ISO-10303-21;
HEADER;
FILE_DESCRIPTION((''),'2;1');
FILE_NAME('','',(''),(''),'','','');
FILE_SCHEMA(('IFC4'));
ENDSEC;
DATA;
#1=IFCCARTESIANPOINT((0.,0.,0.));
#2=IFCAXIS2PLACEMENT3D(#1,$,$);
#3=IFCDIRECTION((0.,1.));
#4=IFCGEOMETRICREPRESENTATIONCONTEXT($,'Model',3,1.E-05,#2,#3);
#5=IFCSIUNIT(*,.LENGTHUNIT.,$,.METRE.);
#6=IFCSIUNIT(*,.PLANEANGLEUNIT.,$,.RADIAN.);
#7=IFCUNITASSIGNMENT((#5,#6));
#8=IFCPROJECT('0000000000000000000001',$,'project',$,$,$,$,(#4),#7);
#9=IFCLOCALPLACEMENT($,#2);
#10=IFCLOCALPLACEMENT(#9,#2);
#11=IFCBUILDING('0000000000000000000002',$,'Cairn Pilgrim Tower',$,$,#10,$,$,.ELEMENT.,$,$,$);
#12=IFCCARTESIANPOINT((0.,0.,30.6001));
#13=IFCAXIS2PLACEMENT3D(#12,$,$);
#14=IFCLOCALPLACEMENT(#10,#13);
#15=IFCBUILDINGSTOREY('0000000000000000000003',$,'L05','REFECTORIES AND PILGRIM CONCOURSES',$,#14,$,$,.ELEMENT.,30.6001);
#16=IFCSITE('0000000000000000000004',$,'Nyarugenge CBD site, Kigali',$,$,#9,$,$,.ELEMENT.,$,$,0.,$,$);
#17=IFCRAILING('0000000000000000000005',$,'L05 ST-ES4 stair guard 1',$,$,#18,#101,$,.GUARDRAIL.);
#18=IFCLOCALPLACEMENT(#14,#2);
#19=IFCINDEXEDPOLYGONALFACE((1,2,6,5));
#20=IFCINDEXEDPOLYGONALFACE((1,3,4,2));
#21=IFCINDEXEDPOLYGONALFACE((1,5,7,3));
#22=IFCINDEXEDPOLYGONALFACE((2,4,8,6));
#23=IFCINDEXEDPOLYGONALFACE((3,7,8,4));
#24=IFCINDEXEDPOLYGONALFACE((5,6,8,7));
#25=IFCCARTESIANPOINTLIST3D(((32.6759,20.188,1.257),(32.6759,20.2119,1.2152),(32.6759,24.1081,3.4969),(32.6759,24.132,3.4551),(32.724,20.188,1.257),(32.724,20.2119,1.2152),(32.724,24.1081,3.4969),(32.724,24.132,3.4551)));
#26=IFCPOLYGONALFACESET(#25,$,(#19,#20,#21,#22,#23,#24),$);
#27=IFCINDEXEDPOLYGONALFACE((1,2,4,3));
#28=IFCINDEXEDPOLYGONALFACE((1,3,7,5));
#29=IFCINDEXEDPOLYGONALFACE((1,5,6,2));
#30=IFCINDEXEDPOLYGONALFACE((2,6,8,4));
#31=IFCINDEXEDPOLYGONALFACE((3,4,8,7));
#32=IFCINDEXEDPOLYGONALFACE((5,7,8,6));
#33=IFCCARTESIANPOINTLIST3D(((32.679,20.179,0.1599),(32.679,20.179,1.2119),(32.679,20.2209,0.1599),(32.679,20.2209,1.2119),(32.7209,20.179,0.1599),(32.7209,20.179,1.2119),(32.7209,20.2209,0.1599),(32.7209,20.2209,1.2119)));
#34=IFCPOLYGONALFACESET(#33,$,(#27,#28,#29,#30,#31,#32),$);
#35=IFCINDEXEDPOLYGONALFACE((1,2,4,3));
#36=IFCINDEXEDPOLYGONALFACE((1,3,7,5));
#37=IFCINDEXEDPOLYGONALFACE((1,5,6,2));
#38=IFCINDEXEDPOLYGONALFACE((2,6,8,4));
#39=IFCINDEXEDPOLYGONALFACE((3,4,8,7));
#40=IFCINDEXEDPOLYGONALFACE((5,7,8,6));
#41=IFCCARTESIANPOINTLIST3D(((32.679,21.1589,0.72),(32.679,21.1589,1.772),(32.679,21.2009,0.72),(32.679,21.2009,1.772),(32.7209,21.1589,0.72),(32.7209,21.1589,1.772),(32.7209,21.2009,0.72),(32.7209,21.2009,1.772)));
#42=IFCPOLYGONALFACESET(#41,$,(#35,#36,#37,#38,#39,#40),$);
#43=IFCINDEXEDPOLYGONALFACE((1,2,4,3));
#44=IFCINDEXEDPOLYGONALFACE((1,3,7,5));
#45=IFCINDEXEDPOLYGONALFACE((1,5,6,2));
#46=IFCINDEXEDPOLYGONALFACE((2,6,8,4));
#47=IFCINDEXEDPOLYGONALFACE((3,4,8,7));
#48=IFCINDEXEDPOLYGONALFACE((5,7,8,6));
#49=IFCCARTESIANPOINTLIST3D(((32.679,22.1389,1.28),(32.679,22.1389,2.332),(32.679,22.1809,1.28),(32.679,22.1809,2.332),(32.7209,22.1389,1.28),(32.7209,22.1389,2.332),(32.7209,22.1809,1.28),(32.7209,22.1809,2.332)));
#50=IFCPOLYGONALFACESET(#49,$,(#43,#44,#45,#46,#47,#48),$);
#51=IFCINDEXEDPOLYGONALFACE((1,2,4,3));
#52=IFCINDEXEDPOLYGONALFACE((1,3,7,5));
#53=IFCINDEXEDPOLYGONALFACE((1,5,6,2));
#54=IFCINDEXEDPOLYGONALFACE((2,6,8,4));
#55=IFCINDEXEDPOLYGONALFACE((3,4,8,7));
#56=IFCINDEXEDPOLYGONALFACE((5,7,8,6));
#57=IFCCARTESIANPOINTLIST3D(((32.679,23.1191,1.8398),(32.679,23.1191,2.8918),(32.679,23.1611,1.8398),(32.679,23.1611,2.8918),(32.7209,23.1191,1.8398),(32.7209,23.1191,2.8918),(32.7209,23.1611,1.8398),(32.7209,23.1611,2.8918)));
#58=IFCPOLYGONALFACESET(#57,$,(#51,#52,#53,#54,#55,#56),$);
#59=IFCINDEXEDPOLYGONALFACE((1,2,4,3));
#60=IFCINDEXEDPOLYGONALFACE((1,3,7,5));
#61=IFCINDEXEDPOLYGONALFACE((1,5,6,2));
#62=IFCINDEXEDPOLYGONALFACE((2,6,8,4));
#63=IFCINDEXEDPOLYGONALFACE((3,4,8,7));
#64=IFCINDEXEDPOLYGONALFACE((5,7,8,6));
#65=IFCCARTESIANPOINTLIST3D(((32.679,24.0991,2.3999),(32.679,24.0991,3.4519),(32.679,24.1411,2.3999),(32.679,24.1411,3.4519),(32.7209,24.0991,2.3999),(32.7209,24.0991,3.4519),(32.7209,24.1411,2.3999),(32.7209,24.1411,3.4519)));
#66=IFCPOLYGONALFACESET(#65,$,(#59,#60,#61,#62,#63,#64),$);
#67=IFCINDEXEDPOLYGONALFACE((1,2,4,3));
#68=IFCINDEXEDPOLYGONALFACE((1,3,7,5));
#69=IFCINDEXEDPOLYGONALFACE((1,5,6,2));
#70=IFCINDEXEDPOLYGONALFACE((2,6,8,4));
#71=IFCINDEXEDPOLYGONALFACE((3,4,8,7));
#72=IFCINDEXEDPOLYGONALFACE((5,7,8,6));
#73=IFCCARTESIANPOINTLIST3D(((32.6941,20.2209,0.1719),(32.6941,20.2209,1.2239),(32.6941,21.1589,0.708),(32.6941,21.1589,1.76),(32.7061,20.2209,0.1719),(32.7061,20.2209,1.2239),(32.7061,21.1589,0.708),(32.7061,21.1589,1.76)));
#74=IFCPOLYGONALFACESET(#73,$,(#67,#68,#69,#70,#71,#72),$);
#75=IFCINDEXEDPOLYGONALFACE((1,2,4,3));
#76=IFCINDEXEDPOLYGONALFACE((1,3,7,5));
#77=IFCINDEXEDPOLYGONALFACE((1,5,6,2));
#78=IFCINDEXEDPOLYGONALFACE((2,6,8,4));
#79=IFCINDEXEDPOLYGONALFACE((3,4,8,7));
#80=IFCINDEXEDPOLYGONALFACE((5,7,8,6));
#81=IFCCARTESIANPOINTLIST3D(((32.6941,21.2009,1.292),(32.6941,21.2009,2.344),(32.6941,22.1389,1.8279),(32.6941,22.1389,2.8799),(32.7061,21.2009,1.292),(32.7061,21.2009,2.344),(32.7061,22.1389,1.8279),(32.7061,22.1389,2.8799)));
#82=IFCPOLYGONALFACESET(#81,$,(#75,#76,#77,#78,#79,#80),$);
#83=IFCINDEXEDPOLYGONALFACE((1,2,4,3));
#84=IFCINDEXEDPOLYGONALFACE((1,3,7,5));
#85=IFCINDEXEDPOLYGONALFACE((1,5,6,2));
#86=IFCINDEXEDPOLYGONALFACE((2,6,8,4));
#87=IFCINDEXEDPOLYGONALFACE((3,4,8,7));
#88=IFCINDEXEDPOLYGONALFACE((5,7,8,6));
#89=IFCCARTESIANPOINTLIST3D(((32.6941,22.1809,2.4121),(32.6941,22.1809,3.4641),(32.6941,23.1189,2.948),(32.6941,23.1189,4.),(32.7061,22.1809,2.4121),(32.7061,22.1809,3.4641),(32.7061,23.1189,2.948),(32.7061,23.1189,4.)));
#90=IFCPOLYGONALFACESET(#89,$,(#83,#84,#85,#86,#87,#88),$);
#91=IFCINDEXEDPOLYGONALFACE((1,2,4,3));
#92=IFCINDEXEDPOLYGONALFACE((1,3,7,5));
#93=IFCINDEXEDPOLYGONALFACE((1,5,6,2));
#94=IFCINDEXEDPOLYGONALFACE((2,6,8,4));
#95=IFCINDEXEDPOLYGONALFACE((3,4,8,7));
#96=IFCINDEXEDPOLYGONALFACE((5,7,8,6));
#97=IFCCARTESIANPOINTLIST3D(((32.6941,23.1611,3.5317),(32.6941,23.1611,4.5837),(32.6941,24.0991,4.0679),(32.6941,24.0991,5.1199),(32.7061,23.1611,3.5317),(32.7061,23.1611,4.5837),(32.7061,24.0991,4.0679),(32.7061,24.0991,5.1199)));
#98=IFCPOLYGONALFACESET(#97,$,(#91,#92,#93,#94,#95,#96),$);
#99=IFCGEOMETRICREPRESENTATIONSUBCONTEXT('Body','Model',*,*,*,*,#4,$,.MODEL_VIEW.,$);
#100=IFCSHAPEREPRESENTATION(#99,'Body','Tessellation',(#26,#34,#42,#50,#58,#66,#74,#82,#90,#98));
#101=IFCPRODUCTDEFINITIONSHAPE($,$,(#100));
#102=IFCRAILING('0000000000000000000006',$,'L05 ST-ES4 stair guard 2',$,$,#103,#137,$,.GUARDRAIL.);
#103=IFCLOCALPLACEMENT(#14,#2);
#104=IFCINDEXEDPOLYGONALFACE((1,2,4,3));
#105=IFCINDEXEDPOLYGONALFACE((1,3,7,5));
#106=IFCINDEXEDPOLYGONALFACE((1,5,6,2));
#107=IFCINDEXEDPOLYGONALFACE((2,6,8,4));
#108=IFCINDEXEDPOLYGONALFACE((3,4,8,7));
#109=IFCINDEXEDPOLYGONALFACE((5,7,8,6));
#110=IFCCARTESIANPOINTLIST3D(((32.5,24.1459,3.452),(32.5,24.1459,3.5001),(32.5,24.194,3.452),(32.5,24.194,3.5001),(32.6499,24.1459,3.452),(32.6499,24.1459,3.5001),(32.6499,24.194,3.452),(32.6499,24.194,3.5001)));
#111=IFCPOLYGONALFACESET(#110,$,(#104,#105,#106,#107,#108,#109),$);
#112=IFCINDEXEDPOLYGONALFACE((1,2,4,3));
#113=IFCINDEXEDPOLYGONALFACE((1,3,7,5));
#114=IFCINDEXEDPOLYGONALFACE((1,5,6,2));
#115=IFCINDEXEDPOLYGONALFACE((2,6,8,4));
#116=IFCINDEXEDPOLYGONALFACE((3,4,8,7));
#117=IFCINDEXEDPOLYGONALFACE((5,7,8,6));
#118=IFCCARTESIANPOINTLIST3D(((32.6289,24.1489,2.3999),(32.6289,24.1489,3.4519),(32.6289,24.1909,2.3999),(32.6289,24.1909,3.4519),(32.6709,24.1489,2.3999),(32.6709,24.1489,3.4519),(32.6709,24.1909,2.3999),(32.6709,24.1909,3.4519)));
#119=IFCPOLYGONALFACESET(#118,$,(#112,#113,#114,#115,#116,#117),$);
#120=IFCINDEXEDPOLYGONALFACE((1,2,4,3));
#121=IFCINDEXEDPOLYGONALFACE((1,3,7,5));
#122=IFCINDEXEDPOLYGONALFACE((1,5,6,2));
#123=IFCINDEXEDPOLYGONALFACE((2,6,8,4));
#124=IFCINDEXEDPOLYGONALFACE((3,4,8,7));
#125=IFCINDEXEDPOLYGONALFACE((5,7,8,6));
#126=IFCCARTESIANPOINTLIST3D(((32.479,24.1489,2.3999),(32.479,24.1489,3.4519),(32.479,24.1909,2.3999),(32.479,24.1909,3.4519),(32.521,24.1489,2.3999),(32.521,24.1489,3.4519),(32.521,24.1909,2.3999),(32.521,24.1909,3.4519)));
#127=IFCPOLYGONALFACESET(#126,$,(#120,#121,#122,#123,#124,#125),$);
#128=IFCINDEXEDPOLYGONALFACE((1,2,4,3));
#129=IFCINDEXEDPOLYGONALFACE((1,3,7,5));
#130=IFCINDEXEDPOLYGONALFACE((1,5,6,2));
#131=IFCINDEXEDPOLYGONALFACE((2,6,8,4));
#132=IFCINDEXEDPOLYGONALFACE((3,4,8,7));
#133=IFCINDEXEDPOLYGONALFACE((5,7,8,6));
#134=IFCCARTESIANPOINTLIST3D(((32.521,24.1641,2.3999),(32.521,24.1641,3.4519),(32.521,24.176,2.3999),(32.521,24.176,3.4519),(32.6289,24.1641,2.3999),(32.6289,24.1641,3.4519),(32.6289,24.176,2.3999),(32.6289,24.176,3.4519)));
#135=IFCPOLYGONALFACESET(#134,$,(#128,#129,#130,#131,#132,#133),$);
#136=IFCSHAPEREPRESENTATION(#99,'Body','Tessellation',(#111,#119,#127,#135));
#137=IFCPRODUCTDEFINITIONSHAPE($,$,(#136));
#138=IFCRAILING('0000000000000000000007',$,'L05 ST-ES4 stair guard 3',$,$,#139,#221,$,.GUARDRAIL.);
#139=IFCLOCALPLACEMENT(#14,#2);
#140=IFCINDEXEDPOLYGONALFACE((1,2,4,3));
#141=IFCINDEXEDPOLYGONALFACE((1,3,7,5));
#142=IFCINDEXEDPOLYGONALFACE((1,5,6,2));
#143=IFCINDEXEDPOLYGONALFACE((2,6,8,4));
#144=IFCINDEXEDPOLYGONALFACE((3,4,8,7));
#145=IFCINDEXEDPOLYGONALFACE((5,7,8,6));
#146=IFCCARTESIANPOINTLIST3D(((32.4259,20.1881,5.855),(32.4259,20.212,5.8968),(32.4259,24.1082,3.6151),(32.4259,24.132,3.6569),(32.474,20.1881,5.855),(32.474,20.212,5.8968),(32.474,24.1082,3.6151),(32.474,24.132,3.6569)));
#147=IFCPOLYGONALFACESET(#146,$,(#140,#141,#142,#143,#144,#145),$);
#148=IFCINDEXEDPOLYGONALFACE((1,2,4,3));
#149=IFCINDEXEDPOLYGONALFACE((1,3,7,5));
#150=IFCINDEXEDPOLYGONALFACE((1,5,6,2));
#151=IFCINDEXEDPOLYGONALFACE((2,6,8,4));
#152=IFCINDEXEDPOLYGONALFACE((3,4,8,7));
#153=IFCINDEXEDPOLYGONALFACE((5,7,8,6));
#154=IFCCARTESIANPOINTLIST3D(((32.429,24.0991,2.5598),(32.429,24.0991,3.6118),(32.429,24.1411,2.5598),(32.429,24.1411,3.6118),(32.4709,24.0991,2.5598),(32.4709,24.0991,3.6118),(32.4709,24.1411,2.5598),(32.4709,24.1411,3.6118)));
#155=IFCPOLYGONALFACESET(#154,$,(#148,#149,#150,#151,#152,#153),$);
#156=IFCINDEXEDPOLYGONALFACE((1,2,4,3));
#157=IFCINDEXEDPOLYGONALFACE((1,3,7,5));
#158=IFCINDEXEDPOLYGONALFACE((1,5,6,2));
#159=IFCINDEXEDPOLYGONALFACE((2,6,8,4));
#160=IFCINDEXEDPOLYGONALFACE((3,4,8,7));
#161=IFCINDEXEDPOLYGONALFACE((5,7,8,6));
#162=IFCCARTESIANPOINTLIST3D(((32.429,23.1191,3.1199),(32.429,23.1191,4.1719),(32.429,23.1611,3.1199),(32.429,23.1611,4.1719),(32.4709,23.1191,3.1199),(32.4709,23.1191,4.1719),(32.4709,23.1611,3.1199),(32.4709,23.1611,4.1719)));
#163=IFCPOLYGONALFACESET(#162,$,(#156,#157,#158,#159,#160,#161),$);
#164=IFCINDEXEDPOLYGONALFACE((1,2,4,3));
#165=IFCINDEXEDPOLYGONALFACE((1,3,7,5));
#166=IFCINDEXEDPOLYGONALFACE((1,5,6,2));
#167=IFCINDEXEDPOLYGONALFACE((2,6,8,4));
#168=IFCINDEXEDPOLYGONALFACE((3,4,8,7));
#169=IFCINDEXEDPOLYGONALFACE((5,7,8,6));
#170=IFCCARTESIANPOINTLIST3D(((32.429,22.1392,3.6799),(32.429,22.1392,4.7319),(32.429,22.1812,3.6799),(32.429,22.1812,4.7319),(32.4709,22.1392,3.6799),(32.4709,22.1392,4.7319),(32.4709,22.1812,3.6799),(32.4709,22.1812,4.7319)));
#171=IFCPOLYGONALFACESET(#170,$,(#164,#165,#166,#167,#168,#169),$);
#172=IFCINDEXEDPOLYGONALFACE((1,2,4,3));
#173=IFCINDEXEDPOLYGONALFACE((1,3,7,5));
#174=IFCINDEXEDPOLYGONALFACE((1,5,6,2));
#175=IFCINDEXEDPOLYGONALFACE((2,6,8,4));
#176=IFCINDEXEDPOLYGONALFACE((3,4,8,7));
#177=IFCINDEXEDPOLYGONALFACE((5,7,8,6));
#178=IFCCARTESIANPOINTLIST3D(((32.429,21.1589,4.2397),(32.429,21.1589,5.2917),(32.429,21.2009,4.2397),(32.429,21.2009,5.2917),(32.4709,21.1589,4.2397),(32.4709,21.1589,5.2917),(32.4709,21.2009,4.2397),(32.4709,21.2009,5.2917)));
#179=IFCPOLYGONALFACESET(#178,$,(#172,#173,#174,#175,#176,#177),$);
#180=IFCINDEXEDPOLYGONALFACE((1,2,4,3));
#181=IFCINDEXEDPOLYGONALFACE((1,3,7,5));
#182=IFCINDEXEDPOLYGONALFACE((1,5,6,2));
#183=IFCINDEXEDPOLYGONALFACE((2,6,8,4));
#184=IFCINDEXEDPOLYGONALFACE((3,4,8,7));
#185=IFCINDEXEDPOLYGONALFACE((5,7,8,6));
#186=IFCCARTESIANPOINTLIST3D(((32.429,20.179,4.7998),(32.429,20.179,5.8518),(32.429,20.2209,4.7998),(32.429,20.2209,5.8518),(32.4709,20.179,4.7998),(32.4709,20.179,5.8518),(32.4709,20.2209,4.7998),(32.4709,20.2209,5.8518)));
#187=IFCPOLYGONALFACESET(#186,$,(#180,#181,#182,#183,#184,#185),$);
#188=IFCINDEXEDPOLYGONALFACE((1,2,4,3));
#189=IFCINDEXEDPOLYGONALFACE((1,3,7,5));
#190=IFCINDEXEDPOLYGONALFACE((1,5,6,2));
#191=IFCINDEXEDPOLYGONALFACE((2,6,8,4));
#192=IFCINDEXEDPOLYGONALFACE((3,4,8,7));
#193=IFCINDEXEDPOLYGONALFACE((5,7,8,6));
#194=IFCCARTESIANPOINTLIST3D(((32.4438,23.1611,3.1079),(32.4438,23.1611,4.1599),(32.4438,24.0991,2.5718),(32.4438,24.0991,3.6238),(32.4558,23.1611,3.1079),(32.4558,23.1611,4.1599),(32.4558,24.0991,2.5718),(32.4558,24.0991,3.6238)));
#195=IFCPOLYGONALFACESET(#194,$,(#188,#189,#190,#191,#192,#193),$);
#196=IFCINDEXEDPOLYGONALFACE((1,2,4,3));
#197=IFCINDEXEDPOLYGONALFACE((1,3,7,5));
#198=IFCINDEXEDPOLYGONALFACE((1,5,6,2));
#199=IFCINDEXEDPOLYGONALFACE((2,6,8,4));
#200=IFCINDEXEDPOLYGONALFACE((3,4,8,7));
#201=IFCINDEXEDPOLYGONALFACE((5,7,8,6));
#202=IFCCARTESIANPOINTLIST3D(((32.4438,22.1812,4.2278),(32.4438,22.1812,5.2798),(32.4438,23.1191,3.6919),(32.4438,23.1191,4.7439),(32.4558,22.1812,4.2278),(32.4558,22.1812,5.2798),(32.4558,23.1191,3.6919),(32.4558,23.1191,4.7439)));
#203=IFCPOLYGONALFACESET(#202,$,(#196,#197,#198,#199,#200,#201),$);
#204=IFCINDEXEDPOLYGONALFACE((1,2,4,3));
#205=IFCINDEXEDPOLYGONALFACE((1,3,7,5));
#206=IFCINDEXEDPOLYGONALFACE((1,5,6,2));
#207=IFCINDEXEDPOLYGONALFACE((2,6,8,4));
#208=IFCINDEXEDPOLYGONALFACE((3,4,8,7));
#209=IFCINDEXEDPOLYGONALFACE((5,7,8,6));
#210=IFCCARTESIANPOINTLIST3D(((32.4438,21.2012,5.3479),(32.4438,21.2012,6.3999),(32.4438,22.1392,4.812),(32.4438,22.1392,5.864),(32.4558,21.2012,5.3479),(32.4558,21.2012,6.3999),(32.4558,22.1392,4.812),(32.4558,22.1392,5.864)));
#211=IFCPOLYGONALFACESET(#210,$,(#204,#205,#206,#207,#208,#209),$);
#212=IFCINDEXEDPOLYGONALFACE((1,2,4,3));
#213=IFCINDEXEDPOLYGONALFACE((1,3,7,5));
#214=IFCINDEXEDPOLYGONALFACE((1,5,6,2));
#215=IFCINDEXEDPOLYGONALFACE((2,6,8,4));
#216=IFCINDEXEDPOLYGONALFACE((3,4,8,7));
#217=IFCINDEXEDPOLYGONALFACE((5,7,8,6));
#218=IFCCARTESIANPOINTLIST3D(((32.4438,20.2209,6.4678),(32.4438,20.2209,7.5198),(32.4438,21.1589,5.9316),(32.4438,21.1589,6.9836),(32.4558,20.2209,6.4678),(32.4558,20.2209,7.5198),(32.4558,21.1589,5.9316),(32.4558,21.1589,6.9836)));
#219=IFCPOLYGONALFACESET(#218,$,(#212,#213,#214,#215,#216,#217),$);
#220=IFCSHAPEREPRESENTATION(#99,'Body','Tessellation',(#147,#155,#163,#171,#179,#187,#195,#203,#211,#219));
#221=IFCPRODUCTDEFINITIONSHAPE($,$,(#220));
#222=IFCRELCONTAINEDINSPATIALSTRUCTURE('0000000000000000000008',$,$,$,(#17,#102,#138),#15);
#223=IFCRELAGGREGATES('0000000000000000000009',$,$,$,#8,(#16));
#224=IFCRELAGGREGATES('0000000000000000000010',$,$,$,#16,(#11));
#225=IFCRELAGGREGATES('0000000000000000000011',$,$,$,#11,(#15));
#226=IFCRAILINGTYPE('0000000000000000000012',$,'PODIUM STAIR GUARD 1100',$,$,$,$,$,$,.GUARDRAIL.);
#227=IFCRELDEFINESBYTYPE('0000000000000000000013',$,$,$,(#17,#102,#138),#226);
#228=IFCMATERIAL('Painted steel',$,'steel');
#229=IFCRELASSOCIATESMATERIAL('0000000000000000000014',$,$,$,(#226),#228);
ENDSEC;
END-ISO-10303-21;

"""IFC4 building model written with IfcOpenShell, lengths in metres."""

from ifc_helpers import new_model, si_unit, direction, frame, origin, origin_2d, place, context, subcontext, project, spatial, polyline, rectangle, outline, extrude, material, type_object, element, save


model = new_model("IFC4")

# Units and contexts
model_context = context("Model", 3, precision=1e-05, world=origin(), true_north=direction((0.0, 1.0)))
body_context = subcontext(model_context, "Body", "Model", "MODEL_VIEW")
ifc_project = project(units=[si_unit("LENGTHUNIT", "METRE"), si_unit("PLANEANGLEUNIT", "RADIAN")], contexts=[model_context])

# Site, building, storey
site_placement = place(None, origin())
site = spatial("IfcSite", under=ifc_project, at=site_placement, Name="Nyarugenge CBD site, Kigali", CompositionType="ELEMENT", RefElevation=0.0)
building_placement = place(site_placement, origin())
building = spatial("IfcBuilding", under=site, at=building_placement, Name="Cairn Pilgrim Tower", CompositionType="ELEMENT")
storey_placement = place(building_placement, frame((0.0, 0.0, 30.6001)))
storey = spatial("IfcBuildingStorey", under=building, at=storey_placement, Name="L05", Description="REFECTORIES AND PILGRIM CONCOURSES", CompositionType="ELEMENT", Elevation=30.6001)

# Railings
ifc_material_1 = material(Name="Painted steel", Category="steel")
railing_type_1 = type_object("IfcRailingType", Name="PODIUM STAIR GUARD 1100", PredefinedType="GUARDRAIL", material=ifc_material_1)
railing_1_placement = place(storey_placement, frame((32.7, 20.2, 0.1599)))
element("IfcRailing", 1, at=railing_1_placement, inside=storey, type_object=railing_type_1, Name="L05 ST-ES4 stair guard 1", PredefinedType="GUARDRAIL", context=body_context, shape_type="SweptSolid", body=[
    extrude(rectangle(XDim=0.0481, YDim=0.0481, at=origin_2d()), frame((0.0, 0.0, 1.0762), z_axis=(0.0, 0.868253, 0.496121), x_axis=(-1.0, 0.0, 0.0)), (0.0, 0.0, 1.0), 4.5149),
    extrude(rectangle(XDim=0.042, YDim=0.042, at=origin_2d()), origin(), (0.0, 0.0, 1.0), 1.052),
    extrude(rectangle(XDim=0.042, YDim=0.042, at=origin_2d()), frame((0.0, 0.98, 0.5601)), (0.0, 0.0, 1.0), 1.052),
    extrude(rectangle(XDim=0.042, YDim=0.042, at=origin_2d()), frame((0.0, 1.96, 1.1201)), (0.0, 0.0, 1.0), 1.052),
    extrude(rectangle(XDim=0.042, YDim=0.042, at=origin_2d()), frame((0.0, 2.9402, 1.6799)), (0.0, 0.0, 1.0), 1.052),
    extrude(rectangle(XDim=0.042, YDim=0.042, at=origin_2d()), frame((0.0, 3.9202, 2.24)), (0.0, 0.0, 1.0), 1.052),
    extrude(outline(polyline([(0.021, 0.012), (0.959, 0.5481), (0.959, 1.6001), (0.021, 1.064), (0.021, 0.012)])), frame((-0.0059, 0.0, 0.0), z_axis=(1.0, 0.0, 0.0), x_axis=(0.0, 1.0, 0.0)), (0.0, 0.0, 1.0), 0.012),
    extrude(outline(polyline([(0.021, 0.572), (0.959, 1.1079), (0.959, 2.1599), (0.021, 1.624), (0.021, 0.572)])), frame((-0.0059, 0.98, 0.5601), z_axis=(1.0, 0.0, 0.0), x_axis=(0.0, 1.0, 0.0)), (0.0, 0.0, 1.0), 0.012),
    extrude(outline(polyline([(0.021, 1.1321), (0.959, 1.668), (0.959, 2.72), (0.021, 2.1841), (0.021, 1.1321)])), frame((-0.0059, 1.96, 1.1201), z_axis=(1.0, 0.0, 0.0), x_axis=(0.0, 1.0, 0.0)), (0.0, 0.0, 1.0), 0.012),
    extrude(outline(polyline([(0.021, 1.6919), (0.959, 2.228), (0.959, 3.28), (0.021, 2.7439), (0.021, 1.6919)])), frame((-0.0059, 2.9402, 1.6799), z_axis=(1.0, 0.0, 0.0), x_axis=(0.0, 1.0, 0.0)), (0.0, 0.0, 1.0), 0.012),
])
railing_2_placement = place(storey_placement, frame((32.6499, 24.1699, 2.3999)))
element("IfcRailing", 2, at=railing_2_placement, inside=storey, type_object=railing_type_1, Name="L05 ST-ES4 stair guard 2", PredefinedType="GUARDRAIL", context=body_context, shape_type="SweptSolid", body=[
    extrude(rectangle(XDim=0.0481, YDim=0.0481, at=origin_2d()), frame((0.0, 0.0, 1.0762), z_axis=(-1.0, 0.0, 0.0), x_axis=(0.0, -1.0, 0.0)), (0.0, 0.0, 1.0), 0.1499),
    extrude(rectangle(XDim=0.042, YDim=0.042, at=origin_2d()), origin(), (0.0, 0.0, 1.0), 1.052),
    extrude(rectangle(XDim=0.042, YDim=0.042, at=origin_2d()), frame((-0.1499, 0.0, 0.0)), (0.0, 0.0, 1.0), 1.052),
    extrude(outline(polyline([(0.021, 0.0), (0.1289, 0.0), (0.1289, 1.052), (0.021, 1.052), (0.021, 0.0)])), frame((0.0, -0.0059, 0.0), z_axis=(0.0, 1.0, 0.0), x_axis=(-1.0, 0.0, 0.0)), (0.0, 0.0, 1.0), 0.012),
])
railing_3_placement = place(storey_placement, frame((32.45, 24.1201, 2.5598)))
element("IfcRailing", 3, at=railing_3_placement, inside=storey, type_object=railing_type_1, Name="L05 ST-ES4 stair guard 3", PredefinedType="GUARDRAIL", context=body_context, shape_type="SweptSolid", body=[
    extrude(rectangle(XDim=0.0481, YDim=0.0481, at=origin_2d()), frame((0.0, 0.0, 1.0762), z_axis=(0.0, -0.868253, 0.496121), x_axis=(1.0, 0.0, 0.0)), (0.0, 0.0, 1.0), 4.5149),
    extrude(rectangle(XDim=0.042, YDim=0.042, at=origin_2d()), origin(), (0.0, 0.0, 1.0), 1.052),
    extrude(rectangle(XDim=0.042, YDim=0.042, at=origin_2d()), frame((0.0, -0.98, 0.5601)), (0.0, 0.0, 1.0), 1.052),
    extrude(rectangle(XDim=0.042, YDim=0.042, at=origin_2d()), frame((0.0, -1.96, 1.1201)), (0.0, 0.0, 1.0), 1.052),
    extrude(rectangle(XDim=0.042, YDim=0.042, at=origin_2d()), frame((0.0, -2.9402, 1.6799)), (0.0, 0.0, 1.0), 1.052),
    extrude(rectangle(XDim=0.042, YDim=0.042, at=origin_2d()), frame((0.0, -3.9202, 2.24)), (0.0, 0.0, 1.0), 1.052),
    extrude(outline(polyline([(0.021, 0.012), (0.959, 0.5481), (0.959, 1.6001), (0.021, 1.064), (0.021, 0.012)])), frame((0.0059, 0.0, 0.0), z_axis=(-1.0, 0.0, 0.0), x_axis=(0.0, -1.0, 0.0)), (0.0, 0.0, 1.0), 0.012),
    extrude(outline(polyline([(0.021, 0.572), (0.959, 1.1079), (0.959, 2.1599), (0.021, 1.624), (0.021, 0.572)])), frame((0.0059, -0.98, 0.5601), z_axis=(-1.0, 0.0, 0.0), x_axis=(0.0, -1.0, 0.0)), (0.0, 0.0, 1.0), 0.012),
    extrude(outline(polyline([(0.021, 1.1321), (0.959, 1.668), (0.959, 2.72), (0.021, 2.1841), (0.021, 1.1321)])), frame((0.0059, -1.96, 1.1201), z_axis=(-1.0, 0.0, 0.0), x_axis=(0.0, -1.0, 0.0)), (0.0, 0.0, 1.0), 0.012),
    extrude(outline(polyline([(0.021, 1.6919), (0.959, 2.228), (0.959, 3.28), (0.021, 2.7439), (0.021, 1.6919)])), frame((0.0059, -2.9402, 1.6799), z_axis=(-1.0, 0.0, 0.0), x_axis=(0.0, -1.0, 0.0)), (0.0, 0.0, 1.0), 0.012),
])

save(model, "model.ifc")
